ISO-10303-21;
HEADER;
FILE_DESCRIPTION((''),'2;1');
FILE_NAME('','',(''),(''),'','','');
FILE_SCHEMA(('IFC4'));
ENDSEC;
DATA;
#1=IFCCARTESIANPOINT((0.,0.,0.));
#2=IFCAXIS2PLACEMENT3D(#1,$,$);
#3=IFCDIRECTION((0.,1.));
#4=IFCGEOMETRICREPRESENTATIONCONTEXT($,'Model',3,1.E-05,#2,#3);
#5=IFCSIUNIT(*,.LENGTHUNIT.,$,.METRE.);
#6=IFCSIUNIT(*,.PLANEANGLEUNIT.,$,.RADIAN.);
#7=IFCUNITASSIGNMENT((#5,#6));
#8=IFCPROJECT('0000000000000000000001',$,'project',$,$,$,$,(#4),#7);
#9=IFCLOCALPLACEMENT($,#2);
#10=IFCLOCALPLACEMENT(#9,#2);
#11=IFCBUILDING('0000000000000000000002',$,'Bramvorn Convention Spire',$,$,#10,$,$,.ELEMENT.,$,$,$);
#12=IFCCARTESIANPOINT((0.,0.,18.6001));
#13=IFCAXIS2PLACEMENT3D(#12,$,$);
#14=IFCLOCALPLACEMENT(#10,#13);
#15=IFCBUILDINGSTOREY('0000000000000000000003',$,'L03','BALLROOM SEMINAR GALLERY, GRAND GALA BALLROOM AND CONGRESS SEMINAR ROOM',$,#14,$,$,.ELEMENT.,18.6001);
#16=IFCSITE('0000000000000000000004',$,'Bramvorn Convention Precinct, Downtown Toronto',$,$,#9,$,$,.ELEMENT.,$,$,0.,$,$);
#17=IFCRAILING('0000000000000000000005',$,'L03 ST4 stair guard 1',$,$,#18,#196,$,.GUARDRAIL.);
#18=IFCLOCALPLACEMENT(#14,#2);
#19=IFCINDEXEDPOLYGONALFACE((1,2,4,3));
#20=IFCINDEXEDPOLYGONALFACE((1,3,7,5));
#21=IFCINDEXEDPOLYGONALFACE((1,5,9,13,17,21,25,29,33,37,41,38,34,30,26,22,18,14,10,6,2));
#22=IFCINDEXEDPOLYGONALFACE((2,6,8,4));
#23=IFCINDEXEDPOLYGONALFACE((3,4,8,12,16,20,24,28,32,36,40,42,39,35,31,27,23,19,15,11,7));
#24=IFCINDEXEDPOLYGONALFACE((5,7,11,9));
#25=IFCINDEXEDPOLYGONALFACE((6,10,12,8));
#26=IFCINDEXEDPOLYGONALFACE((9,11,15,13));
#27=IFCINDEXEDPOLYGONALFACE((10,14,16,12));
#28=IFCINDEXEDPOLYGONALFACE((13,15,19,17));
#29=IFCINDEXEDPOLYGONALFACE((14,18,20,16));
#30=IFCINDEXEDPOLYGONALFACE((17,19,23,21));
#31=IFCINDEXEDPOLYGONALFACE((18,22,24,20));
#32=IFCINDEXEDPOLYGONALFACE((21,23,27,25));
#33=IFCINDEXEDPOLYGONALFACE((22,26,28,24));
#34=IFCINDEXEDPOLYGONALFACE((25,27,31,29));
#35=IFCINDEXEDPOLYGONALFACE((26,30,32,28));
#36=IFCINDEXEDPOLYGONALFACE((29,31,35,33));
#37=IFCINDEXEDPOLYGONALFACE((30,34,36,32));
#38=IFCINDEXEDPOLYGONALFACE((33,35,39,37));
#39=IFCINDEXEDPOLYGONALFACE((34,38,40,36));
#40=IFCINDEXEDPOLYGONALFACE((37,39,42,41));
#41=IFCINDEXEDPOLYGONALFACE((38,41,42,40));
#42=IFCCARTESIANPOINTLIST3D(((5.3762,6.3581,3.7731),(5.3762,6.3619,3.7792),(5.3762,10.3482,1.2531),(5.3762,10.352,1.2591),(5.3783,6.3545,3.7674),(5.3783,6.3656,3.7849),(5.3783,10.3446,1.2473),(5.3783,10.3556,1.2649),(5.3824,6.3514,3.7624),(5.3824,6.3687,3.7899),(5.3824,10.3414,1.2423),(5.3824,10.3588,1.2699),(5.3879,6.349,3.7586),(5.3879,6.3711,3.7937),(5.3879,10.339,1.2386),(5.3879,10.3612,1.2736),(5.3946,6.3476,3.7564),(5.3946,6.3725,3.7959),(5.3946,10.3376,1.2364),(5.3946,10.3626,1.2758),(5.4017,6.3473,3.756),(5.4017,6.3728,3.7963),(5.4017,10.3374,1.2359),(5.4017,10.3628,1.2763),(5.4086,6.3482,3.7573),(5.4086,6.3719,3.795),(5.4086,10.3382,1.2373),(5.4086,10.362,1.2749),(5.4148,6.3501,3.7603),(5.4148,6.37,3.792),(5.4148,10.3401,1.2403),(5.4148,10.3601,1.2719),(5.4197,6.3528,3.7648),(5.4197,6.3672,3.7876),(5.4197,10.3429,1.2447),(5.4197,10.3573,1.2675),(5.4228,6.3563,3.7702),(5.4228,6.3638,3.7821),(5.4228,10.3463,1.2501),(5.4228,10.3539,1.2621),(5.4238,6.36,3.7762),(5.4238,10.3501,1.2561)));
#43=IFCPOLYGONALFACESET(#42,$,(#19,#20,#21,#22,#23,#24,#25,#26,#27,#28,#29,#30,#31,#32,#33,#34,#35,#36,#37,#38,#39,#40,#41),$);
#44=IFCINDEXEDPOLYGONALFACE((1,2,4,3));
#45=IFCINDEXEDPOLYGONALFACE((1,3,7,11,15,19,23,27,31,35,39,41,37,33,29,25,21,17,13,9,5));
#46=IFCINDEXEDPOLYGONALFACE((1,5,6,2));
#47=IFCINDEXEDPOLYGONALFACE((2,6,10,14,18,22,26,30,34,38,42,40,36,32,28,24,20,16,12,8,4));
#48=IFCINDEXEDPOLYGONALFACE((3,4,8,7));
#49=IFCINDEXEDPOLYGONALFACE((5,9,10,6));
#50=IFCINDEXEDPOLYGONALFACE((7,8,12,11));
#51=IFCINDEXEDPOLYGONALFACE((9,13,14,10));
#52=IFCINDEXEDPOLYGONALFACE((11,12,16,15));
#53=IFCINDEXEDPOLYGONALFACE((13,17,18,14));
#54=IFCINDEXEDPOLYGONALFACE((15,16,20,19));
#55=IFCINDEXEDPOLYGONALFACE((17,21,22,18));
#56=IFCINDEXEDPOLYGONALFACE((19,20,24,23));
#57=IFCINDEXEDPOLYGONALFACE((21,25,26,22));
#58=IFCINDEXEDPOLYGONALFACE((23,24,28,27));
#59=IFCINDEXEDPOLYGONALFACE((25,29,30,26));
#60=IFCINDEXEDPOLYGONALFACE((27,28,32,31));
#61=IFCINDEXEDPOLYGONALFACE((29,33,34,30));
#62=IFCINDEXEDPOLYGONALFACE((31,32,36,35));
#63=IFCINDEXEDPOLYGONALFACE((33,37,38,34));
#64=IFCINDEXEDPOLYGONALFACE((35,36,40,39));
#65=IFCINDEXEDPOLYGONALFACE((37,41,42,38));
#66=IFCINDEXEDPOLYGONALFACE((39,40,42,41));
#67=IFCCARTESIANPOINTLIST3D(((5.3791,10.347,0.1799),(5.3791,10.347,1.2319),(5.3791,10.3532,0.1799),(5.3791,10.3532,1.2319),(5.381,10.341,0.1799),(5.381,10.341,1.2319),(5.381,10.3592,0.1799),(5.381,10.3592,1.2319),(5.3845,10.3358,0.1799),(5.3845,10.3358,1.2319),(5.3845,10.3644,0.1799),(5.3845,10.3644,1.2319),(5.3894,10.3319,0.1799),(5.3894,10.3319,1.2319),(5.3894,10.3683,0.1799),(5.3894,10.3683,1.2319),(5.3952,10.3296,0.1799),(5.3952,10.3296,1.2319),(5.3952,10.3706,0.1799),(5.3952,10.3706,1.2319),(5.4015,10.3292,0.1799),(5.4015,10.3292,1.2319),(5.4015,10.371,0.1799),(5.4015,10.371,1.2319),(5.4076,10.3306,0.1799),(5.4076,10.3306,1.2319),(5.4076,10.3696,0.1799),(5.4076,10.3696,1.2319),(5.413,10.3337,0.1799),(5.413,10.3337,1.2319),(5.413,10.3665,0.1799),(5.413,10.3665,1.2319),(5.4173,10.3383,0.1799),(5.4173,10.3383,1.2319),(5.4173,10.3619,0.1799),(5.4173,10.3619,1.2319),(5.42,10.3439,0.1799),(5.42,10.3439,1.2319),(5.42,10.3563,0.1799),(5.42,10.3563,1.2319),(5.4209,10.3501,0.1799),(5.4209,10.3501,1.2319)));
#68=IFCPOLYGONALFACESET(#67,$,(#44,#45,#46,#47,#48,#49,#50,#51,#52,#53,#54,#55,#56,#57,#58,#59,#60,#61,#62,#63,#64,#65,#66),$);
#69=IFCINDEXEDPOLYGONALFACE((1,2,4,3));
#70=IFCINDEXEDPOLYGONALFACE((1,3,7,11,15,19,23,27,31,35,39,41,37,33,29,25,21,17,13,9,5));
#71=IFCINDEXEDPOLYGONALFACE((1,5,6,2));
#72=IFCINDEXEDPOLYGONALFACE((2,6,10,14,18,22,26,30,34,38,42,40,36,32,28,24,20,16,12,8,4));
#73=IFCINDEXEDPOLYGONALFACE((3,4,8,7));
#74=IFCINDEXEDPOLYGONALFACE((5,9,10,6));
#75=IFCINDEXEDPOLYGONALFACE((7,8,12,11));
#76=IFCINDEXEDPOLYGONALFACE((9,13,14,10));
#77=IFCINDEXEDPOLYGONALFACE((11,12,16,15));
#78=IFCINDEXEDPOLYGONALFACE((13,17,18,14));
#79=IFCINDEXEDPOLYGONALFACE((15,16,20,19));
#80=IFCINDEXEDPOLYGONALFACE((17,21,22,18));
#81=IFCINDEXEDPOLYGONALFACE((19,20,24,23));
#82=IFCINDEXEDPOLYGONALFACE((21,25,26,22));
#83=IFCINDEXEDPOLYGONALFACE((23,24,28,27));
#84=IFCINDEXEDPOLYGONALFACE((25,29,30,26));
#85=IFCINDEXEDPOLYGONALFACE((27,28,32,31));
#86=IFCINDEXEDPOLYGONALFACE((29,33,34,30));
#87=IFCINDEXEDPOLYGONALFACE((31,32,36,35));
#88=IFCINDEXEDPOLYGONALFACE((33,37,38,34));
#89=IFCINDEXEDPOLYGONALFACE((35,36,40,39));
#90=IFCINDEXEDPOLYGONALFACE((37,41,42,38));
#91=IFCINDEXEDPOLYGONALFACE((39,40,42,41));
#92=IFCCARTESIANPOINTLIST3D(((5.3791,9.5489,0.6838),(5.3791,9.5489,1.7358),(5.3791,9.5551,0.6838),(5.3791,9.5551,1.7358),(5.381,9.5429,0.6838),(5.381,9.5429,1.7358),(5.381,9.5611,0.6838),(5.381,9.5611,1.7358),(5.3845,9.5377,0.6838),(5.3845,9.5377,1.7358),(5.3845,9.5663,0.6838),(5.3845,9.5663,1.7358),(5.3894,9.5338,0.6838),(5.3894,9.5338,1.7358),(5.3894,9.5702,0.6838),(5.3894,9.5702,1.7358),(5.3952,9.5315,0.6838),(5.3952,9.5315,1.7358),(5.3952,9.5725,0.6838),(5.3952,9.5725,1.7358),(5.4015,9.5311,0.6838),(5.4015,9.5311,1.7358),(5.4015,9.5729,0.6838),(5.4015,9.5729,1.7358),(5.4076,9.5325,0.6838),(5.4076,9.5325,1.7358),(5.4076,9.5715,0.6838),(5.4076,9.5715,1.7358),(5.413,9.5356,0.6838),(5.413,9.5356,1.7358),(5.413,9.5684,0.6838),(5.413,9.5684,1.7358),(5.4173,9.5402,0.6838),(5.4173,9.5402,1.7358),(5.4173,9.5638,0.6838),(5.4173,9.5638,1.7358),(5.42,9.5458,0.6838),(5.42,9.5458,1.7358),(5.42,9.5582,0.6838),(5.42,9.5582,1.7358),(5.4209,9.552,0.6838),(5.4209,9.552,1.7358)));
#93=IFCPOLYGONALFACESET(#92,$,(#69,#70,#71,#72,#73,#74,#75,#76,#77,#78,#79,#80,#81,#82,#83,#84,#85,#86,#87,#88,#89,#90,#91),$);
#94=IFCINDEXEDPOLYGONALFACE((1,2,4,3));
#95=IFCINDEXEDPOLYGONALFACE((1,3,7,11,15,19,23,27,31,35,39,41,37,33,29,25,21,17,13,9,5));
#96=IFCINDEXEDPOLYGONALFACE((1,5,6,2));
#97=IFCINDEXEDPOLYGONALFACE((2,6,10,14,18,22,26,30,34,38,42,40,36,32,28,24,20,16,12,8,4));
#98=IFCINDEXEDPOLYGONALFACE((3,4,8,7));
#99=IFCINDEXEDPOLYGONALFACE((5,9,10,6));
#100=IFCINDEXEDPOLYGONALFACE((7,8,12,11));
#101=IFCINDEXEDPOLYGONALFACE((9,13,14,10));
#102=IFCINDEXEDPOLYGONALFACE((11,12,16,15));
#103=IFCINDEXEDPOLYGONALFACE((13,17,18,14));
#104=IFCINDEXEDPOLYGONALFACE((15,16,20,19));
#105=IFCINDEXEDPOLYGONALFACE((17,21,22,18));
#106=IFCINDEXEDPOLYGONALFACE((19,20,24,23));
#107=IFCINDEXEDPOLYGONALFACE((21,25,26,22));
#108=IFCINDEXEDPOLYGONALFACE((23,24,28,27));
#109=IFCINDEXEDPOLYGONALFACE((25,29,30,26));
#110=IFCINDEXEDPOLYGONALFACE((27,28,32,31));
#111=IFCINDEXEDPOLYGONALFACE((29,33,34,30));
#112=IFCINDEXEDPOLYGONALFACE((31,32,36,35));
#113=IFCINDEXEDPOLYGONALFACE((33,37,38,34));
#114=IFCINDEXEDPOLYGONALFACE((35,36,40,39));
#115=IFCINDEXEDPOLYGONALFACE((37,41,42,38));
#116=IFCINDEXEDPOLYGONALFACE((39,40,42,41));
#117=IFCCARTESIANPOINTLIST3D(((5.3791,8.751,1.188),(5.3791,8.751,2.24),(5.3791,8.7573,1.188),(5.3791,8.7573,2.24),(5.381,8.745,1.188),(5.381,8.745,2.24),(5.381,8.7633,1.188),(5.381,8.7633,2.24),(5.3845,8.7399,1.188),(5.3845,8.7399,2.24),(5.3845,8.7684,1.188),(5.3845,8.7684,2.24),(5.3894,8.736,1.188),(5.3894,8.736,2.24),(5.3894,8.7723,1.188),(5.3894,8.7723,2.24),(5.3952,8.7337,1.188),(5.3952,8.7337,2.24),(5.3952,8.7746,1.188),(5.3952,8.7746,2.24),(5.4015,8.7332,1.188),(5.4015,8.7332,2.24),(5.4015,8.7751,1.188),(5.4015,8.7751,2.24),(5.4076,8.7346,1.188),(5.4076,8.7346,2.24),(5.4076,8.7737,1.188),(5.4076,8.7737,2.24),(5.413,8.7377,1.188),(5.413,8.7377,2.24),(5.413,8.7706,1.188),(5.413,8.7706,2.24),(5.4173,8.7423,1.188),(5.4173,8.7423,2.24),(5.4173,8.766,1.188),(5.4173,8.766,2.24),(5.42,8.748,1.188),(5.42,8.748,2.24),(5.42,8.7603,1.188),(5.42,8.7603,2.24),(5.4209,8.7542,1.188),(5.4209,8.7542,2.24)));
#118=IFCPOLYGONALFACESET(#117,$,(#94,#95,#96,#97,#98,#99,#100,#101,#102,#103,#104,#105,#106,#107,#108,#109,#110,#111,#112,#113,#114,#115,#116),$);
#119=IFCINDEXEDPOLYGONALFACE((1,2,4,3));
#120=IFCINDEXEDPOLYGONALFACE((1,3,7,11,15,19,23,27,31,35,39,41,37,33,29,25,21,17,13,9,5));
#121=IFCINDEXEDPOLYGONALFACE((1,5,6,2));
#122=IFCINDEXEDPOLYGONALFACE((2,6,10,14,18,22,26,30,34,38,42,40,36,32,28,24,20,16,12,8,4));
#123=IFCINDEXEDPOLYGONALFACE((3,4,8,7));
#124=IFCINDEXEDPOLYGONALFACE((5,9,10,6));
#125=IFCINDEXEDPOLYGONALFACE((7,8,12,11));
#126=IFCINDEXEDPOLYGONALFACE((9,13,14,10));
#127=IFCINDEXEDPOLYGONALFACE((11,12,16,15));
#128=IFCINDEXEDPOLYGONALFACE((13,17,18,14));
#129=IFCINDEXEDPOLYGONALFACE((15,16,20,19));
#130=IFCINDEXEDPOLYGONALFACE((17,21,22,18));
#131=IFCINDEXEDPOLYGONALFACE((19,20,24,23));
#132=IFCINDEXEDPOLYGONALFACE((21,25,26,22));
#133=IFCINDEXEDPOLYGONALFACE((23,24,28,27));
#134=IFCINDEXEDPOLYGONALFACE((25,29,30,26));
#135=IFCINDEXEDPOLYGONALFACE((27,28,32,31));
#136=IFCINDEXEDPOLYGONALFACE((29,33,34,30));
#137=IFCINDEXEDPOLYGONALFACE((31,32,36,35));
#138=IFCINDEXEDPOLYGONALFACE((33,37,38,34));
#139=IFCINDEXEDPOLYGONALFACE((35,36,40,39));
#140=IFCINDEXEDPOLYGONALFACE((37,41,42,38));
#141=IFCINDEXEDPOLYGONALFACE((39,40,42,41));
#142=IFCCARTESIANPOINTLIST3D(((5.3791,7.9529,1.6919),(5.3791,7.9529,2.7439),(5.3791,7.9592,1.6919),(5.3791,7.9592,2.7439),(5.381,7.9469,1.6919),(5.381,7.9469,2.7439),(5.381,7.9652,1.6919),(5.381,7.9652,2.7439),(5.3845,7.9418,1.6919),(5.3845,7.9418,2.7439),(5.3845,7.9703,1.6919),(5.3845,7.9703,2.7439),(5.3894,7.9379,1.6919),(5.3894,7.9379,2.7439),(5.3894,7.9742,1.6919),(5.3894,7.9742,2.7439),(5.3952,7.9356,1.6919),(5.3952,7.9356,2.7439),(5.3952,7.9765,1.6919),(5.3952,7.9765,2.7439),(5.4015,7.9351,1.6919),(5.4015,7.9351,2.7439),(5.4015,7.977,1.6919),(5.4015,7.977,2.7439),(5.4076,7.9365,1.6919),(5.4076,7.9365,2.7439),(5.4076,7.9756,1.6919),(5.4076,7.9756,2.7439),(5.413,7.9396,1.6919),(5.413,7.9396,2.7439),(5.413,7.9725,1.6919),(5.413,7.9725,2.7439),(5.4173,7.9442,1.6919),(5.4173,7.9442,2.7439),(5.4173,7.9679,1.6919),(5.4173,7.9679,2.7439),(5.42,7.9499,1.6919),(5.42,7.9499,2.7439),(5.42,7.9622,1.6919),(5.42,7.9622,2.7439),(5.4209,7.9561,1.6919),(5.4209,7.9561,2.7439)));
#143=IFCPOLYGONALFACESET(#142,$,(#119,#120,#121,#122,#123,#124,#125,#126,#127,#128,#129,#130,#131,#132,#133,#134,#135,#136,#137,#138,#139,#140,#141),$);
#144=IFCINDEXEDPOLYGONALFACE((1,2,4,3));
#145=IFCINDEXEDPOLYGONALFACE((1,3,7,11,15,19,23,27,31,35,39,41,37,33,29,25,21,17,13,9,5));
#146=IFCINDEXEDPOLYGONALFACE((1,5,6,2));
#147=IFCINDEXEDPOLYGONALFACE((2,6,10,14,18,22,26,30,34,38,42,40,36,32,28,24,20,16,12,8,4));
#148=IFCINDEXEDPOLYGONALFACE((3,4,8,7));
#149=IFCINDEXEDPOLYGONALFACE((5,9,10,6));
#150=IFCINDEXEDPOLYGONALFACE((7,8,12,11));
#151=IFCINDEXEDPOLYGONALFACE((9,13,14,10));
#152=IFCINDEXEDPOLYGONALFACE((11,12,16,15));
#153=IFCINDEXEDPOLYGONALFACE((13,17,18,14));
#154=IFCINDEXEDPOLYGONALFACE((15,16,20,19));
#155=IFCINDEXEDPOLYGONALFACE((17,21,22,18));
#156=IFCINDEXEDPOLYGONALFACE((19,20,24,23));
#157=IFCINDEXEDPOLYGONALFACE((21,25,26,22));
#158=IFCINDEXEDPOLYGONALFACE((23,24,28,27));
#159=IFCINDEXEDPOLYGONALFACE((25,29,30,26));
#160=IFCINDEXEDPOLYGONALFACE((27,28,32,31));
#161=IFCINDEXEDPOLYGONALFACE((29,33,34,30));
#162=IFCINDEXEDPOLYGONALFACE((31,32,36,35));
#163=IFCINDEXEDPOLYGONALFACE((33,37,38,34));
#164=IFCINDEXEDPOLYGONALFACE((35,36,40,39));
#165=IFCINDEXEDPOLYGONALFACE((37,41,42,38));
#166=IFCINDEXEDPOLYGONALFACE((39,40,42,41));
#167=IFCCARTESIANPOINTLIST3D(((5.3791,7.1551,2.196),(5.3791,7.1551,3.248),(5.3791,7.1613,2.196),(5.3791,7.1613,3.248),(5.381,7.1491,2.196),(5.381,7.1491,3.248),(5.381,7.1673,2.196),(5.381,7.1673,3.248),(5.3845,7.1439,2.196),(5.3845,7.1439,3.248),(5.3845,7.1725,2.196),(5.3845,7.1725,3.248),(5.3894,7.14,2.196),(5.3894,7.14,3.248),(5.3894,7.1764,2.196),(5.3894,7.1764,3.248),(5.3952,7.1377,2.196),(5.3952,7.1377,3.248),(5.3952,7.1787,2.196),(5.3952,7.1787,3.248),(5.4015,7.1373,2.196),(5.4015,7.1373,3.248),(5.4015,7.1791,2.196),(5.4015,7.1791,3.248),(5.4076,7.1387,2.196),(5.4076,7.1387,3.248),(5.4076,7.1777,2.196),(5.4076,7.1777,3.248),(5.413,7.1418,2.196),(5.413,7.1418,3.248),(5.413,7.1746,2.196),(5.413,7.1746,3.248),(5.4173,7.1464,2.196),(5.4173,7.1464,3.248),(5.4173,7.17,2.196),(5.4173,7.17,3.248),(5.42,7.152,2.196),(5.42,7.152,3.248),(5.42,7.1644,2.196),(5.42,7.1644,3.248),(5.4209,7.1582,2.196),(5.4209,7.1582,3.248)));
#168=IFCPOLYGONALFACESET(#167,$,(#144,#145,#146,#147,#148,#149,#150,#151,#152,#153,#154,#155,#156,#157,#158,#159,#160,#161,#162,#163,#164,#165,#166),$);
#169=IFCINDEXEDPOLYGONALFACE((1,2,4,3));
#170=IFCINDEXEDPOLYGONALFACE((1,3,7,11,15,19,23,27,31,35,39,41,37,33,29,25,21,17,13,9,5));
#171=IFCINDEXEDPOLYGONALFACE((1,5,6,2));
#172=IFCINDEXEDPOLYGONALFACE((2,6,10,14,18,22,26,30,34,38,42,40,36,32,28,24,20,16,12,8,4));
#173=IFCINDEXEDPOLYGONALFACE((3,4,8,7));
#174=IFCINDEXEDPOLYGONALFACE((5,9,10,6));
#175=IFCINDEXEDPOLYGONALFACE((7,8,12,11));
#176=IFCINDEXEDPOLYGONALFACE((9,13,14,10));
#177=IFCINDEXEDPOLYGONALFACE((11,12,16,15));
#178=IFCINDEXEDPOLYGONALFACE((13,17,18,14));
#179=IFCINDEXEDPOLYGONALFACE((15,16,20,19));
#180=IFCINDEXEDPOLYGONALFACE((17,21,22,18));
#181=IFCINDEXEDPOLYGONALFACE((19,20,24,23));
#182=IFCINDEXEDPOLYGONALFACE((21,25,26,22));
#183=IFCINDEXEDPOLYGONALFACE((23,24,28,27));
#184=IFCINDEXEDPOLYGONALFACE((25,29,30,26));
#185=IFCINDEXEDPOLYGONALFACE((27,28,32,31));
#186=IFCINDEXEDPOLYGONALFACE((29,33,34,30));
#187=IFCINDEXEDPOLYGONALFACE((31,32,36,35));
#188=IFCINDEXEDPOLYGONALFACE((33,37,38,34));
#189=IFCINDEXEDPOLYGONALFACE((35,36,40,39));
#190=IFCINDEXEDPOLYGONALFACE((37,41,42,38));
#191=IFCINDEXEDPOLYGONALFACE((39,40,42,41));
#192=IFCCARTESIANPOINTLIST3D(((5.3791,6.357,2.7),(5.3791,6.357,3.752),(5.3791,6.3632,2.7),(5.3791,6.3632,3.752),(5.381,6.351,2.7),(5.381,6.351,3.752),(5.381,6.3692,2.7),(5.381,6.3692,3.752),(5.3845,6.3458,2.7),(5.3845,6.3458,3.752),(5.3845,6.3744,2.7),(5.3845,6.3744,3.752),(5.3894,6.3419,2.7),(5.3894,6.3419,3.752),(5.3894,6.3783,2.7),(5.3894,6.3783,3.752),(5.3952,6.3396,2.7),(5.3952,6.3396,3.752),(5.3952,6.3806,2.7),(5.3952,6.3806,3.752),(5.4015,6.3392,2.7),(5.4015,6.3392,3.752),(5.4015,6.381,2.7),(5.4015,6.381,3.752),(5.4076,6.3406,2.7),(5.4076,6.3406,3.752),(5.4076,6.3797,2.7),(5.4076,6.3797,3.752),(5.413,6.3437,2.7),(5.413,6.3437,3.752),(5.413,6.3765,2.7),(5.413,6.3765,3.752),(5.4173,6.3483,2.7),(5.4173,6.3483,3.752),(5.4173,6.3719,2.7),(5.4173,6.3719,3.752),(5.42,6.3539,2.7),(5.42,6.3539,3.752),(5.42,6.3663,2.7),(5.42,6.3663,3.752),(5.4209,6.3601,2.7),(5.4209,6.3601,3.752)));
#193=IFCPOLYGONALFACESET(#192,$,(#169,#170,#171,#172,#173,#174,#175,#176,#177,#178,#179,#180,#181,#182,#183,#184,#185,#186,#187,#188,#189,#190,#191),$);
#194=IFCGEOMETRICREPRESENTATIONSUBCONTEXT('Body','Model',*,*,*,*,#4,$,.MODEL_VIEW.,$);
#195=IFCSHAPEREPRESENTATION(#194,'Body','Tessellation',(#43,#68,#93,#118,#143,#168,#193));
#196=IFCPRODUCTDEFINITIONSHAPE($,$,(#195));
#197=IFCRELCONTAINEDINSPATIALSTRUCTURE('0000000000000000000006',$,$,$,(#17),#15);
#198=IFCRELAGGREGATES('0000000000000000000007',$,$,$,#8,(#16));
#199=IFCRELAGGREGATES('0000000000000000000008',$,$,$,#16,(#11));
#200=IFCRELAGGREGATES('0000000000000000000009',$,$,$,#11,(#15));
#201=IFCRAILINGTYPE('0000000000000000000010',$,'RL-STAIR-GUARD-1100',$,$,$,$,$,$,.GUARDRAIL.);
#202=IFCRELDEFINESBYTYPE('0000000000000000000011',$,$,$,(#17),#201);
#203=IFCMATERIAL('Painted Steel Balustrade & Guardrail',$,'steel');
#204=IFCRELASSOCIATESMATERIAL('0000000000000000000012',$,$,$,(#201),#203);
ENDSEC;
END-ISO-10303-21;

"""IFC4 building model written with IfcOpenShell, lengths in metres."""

from ifc_helpers import new_model, si_unit, direction, frame, origin, origin_2d, place, context, subcontext, project, spatial, circle, extrude, material, type_object, element, save


model = new_model("IFC4")

# Units and contexts
model_context = context("Model", 3, precision=1e-05, world=origin(), true_north=direction((0.0, 1.0)))
body_context = subcontext(model_context, "Body", "Model", "MODEL_VIEW")
ifc_project = project(units=[si_unit("LENGTHUNIT", "METRE"), si_unit("PLANEANGLEUNIT", "RADIAN")], contexts=[model_context])

# Site, building, storey
site_placement = place(None, origin())
site = spatial("IfcSite", under=ifc_project, at=site_placement, Name="Bramvorn Convention Precinct, Downtown Toronto", CompositionType="ELEMENT", RefElevation=0.0)
building_placement = place(site_placement, origin())
building = spatial("IfcBuilding", under=site, at=building_placement, Name="Bramvorn Convention Spire", CompositionType="ELEMENT")
storey_placement = place(building_placement, frame((0.0, 0.0, 18.6001)))
storey = spatial("IfcBuildingStorey", under=building, at=storey_placement, Name="L03", Description="BALLROOM SEMINAR GALLERY, GRAND GALA BALLROOM AND CONGRESS SEMINAR ROOM", CompositionType="ELEMENT", Elevation=18.6001)

# Railing
ifc_material_1 = material(Name="Painted Steel Balustrade & Guardrail", Category="steel")
railing_type_1 = type_object("IfcRailingType", Name="RL-STAIR-GUARD-1100", PredefinedType="GUARDRAIL", material=ifc_material_1)
railing_1_placement = place(storey_placement, frame((5.3999, 10.3501, 0.1799)))
element("IfcRailing", 1, at=railing_1_placement, inside=storey, type_object=railing_type_1, Name="L03 ST4 stair guard 1", PredefinedType="GUARDRAIL", context=body_context, shape_type="SweptSolid", body=[
    extrude(circle(Radius=0.0239, at=origin_2d()), frame((0.0, 0.0, 1.0762), z_axis=(0.0, -0.845486, 0.533997), x_axis=(1.0, 0.0, 0.0)), (0.0, 0.0, 1.0), 4.7192),
    extrude(circle(Radius=0.021, at=origin_2d()), origin(), (0.0, 0.0, 1.0), 1.052),
    extrude(circle(Radius=0.021, at=origin_2d()), frame((0.0, -0.7981, 0.5039)), (0.0, 0.0, 1.0), 1.052),
    extrude(circle(Radius=0.021, at=origin_2d()), frame((0.0, -1.5959, 1.0081)), (0.0, 0.0, 1.0), 1.052),
    extrude(circle(Radius=0.021, at=origin_2d()), frame((0.0, -2.394, 1.512)), (0.0, 0.0, 1.0), 1.052),
    extrude(circle(Radius=0.021, at=origin_2d()), frame((0.0, -3.1919, 2.0161)), (0.0, 0.0, 1.0), 1.052),
    extrude(circle(Radius=0.021, at=origin_2d()), frame((0.0, -3.99, 2.52)), (0.0, 0.0, 1.0), 1.052),
])

save(model, "model.ifc")
